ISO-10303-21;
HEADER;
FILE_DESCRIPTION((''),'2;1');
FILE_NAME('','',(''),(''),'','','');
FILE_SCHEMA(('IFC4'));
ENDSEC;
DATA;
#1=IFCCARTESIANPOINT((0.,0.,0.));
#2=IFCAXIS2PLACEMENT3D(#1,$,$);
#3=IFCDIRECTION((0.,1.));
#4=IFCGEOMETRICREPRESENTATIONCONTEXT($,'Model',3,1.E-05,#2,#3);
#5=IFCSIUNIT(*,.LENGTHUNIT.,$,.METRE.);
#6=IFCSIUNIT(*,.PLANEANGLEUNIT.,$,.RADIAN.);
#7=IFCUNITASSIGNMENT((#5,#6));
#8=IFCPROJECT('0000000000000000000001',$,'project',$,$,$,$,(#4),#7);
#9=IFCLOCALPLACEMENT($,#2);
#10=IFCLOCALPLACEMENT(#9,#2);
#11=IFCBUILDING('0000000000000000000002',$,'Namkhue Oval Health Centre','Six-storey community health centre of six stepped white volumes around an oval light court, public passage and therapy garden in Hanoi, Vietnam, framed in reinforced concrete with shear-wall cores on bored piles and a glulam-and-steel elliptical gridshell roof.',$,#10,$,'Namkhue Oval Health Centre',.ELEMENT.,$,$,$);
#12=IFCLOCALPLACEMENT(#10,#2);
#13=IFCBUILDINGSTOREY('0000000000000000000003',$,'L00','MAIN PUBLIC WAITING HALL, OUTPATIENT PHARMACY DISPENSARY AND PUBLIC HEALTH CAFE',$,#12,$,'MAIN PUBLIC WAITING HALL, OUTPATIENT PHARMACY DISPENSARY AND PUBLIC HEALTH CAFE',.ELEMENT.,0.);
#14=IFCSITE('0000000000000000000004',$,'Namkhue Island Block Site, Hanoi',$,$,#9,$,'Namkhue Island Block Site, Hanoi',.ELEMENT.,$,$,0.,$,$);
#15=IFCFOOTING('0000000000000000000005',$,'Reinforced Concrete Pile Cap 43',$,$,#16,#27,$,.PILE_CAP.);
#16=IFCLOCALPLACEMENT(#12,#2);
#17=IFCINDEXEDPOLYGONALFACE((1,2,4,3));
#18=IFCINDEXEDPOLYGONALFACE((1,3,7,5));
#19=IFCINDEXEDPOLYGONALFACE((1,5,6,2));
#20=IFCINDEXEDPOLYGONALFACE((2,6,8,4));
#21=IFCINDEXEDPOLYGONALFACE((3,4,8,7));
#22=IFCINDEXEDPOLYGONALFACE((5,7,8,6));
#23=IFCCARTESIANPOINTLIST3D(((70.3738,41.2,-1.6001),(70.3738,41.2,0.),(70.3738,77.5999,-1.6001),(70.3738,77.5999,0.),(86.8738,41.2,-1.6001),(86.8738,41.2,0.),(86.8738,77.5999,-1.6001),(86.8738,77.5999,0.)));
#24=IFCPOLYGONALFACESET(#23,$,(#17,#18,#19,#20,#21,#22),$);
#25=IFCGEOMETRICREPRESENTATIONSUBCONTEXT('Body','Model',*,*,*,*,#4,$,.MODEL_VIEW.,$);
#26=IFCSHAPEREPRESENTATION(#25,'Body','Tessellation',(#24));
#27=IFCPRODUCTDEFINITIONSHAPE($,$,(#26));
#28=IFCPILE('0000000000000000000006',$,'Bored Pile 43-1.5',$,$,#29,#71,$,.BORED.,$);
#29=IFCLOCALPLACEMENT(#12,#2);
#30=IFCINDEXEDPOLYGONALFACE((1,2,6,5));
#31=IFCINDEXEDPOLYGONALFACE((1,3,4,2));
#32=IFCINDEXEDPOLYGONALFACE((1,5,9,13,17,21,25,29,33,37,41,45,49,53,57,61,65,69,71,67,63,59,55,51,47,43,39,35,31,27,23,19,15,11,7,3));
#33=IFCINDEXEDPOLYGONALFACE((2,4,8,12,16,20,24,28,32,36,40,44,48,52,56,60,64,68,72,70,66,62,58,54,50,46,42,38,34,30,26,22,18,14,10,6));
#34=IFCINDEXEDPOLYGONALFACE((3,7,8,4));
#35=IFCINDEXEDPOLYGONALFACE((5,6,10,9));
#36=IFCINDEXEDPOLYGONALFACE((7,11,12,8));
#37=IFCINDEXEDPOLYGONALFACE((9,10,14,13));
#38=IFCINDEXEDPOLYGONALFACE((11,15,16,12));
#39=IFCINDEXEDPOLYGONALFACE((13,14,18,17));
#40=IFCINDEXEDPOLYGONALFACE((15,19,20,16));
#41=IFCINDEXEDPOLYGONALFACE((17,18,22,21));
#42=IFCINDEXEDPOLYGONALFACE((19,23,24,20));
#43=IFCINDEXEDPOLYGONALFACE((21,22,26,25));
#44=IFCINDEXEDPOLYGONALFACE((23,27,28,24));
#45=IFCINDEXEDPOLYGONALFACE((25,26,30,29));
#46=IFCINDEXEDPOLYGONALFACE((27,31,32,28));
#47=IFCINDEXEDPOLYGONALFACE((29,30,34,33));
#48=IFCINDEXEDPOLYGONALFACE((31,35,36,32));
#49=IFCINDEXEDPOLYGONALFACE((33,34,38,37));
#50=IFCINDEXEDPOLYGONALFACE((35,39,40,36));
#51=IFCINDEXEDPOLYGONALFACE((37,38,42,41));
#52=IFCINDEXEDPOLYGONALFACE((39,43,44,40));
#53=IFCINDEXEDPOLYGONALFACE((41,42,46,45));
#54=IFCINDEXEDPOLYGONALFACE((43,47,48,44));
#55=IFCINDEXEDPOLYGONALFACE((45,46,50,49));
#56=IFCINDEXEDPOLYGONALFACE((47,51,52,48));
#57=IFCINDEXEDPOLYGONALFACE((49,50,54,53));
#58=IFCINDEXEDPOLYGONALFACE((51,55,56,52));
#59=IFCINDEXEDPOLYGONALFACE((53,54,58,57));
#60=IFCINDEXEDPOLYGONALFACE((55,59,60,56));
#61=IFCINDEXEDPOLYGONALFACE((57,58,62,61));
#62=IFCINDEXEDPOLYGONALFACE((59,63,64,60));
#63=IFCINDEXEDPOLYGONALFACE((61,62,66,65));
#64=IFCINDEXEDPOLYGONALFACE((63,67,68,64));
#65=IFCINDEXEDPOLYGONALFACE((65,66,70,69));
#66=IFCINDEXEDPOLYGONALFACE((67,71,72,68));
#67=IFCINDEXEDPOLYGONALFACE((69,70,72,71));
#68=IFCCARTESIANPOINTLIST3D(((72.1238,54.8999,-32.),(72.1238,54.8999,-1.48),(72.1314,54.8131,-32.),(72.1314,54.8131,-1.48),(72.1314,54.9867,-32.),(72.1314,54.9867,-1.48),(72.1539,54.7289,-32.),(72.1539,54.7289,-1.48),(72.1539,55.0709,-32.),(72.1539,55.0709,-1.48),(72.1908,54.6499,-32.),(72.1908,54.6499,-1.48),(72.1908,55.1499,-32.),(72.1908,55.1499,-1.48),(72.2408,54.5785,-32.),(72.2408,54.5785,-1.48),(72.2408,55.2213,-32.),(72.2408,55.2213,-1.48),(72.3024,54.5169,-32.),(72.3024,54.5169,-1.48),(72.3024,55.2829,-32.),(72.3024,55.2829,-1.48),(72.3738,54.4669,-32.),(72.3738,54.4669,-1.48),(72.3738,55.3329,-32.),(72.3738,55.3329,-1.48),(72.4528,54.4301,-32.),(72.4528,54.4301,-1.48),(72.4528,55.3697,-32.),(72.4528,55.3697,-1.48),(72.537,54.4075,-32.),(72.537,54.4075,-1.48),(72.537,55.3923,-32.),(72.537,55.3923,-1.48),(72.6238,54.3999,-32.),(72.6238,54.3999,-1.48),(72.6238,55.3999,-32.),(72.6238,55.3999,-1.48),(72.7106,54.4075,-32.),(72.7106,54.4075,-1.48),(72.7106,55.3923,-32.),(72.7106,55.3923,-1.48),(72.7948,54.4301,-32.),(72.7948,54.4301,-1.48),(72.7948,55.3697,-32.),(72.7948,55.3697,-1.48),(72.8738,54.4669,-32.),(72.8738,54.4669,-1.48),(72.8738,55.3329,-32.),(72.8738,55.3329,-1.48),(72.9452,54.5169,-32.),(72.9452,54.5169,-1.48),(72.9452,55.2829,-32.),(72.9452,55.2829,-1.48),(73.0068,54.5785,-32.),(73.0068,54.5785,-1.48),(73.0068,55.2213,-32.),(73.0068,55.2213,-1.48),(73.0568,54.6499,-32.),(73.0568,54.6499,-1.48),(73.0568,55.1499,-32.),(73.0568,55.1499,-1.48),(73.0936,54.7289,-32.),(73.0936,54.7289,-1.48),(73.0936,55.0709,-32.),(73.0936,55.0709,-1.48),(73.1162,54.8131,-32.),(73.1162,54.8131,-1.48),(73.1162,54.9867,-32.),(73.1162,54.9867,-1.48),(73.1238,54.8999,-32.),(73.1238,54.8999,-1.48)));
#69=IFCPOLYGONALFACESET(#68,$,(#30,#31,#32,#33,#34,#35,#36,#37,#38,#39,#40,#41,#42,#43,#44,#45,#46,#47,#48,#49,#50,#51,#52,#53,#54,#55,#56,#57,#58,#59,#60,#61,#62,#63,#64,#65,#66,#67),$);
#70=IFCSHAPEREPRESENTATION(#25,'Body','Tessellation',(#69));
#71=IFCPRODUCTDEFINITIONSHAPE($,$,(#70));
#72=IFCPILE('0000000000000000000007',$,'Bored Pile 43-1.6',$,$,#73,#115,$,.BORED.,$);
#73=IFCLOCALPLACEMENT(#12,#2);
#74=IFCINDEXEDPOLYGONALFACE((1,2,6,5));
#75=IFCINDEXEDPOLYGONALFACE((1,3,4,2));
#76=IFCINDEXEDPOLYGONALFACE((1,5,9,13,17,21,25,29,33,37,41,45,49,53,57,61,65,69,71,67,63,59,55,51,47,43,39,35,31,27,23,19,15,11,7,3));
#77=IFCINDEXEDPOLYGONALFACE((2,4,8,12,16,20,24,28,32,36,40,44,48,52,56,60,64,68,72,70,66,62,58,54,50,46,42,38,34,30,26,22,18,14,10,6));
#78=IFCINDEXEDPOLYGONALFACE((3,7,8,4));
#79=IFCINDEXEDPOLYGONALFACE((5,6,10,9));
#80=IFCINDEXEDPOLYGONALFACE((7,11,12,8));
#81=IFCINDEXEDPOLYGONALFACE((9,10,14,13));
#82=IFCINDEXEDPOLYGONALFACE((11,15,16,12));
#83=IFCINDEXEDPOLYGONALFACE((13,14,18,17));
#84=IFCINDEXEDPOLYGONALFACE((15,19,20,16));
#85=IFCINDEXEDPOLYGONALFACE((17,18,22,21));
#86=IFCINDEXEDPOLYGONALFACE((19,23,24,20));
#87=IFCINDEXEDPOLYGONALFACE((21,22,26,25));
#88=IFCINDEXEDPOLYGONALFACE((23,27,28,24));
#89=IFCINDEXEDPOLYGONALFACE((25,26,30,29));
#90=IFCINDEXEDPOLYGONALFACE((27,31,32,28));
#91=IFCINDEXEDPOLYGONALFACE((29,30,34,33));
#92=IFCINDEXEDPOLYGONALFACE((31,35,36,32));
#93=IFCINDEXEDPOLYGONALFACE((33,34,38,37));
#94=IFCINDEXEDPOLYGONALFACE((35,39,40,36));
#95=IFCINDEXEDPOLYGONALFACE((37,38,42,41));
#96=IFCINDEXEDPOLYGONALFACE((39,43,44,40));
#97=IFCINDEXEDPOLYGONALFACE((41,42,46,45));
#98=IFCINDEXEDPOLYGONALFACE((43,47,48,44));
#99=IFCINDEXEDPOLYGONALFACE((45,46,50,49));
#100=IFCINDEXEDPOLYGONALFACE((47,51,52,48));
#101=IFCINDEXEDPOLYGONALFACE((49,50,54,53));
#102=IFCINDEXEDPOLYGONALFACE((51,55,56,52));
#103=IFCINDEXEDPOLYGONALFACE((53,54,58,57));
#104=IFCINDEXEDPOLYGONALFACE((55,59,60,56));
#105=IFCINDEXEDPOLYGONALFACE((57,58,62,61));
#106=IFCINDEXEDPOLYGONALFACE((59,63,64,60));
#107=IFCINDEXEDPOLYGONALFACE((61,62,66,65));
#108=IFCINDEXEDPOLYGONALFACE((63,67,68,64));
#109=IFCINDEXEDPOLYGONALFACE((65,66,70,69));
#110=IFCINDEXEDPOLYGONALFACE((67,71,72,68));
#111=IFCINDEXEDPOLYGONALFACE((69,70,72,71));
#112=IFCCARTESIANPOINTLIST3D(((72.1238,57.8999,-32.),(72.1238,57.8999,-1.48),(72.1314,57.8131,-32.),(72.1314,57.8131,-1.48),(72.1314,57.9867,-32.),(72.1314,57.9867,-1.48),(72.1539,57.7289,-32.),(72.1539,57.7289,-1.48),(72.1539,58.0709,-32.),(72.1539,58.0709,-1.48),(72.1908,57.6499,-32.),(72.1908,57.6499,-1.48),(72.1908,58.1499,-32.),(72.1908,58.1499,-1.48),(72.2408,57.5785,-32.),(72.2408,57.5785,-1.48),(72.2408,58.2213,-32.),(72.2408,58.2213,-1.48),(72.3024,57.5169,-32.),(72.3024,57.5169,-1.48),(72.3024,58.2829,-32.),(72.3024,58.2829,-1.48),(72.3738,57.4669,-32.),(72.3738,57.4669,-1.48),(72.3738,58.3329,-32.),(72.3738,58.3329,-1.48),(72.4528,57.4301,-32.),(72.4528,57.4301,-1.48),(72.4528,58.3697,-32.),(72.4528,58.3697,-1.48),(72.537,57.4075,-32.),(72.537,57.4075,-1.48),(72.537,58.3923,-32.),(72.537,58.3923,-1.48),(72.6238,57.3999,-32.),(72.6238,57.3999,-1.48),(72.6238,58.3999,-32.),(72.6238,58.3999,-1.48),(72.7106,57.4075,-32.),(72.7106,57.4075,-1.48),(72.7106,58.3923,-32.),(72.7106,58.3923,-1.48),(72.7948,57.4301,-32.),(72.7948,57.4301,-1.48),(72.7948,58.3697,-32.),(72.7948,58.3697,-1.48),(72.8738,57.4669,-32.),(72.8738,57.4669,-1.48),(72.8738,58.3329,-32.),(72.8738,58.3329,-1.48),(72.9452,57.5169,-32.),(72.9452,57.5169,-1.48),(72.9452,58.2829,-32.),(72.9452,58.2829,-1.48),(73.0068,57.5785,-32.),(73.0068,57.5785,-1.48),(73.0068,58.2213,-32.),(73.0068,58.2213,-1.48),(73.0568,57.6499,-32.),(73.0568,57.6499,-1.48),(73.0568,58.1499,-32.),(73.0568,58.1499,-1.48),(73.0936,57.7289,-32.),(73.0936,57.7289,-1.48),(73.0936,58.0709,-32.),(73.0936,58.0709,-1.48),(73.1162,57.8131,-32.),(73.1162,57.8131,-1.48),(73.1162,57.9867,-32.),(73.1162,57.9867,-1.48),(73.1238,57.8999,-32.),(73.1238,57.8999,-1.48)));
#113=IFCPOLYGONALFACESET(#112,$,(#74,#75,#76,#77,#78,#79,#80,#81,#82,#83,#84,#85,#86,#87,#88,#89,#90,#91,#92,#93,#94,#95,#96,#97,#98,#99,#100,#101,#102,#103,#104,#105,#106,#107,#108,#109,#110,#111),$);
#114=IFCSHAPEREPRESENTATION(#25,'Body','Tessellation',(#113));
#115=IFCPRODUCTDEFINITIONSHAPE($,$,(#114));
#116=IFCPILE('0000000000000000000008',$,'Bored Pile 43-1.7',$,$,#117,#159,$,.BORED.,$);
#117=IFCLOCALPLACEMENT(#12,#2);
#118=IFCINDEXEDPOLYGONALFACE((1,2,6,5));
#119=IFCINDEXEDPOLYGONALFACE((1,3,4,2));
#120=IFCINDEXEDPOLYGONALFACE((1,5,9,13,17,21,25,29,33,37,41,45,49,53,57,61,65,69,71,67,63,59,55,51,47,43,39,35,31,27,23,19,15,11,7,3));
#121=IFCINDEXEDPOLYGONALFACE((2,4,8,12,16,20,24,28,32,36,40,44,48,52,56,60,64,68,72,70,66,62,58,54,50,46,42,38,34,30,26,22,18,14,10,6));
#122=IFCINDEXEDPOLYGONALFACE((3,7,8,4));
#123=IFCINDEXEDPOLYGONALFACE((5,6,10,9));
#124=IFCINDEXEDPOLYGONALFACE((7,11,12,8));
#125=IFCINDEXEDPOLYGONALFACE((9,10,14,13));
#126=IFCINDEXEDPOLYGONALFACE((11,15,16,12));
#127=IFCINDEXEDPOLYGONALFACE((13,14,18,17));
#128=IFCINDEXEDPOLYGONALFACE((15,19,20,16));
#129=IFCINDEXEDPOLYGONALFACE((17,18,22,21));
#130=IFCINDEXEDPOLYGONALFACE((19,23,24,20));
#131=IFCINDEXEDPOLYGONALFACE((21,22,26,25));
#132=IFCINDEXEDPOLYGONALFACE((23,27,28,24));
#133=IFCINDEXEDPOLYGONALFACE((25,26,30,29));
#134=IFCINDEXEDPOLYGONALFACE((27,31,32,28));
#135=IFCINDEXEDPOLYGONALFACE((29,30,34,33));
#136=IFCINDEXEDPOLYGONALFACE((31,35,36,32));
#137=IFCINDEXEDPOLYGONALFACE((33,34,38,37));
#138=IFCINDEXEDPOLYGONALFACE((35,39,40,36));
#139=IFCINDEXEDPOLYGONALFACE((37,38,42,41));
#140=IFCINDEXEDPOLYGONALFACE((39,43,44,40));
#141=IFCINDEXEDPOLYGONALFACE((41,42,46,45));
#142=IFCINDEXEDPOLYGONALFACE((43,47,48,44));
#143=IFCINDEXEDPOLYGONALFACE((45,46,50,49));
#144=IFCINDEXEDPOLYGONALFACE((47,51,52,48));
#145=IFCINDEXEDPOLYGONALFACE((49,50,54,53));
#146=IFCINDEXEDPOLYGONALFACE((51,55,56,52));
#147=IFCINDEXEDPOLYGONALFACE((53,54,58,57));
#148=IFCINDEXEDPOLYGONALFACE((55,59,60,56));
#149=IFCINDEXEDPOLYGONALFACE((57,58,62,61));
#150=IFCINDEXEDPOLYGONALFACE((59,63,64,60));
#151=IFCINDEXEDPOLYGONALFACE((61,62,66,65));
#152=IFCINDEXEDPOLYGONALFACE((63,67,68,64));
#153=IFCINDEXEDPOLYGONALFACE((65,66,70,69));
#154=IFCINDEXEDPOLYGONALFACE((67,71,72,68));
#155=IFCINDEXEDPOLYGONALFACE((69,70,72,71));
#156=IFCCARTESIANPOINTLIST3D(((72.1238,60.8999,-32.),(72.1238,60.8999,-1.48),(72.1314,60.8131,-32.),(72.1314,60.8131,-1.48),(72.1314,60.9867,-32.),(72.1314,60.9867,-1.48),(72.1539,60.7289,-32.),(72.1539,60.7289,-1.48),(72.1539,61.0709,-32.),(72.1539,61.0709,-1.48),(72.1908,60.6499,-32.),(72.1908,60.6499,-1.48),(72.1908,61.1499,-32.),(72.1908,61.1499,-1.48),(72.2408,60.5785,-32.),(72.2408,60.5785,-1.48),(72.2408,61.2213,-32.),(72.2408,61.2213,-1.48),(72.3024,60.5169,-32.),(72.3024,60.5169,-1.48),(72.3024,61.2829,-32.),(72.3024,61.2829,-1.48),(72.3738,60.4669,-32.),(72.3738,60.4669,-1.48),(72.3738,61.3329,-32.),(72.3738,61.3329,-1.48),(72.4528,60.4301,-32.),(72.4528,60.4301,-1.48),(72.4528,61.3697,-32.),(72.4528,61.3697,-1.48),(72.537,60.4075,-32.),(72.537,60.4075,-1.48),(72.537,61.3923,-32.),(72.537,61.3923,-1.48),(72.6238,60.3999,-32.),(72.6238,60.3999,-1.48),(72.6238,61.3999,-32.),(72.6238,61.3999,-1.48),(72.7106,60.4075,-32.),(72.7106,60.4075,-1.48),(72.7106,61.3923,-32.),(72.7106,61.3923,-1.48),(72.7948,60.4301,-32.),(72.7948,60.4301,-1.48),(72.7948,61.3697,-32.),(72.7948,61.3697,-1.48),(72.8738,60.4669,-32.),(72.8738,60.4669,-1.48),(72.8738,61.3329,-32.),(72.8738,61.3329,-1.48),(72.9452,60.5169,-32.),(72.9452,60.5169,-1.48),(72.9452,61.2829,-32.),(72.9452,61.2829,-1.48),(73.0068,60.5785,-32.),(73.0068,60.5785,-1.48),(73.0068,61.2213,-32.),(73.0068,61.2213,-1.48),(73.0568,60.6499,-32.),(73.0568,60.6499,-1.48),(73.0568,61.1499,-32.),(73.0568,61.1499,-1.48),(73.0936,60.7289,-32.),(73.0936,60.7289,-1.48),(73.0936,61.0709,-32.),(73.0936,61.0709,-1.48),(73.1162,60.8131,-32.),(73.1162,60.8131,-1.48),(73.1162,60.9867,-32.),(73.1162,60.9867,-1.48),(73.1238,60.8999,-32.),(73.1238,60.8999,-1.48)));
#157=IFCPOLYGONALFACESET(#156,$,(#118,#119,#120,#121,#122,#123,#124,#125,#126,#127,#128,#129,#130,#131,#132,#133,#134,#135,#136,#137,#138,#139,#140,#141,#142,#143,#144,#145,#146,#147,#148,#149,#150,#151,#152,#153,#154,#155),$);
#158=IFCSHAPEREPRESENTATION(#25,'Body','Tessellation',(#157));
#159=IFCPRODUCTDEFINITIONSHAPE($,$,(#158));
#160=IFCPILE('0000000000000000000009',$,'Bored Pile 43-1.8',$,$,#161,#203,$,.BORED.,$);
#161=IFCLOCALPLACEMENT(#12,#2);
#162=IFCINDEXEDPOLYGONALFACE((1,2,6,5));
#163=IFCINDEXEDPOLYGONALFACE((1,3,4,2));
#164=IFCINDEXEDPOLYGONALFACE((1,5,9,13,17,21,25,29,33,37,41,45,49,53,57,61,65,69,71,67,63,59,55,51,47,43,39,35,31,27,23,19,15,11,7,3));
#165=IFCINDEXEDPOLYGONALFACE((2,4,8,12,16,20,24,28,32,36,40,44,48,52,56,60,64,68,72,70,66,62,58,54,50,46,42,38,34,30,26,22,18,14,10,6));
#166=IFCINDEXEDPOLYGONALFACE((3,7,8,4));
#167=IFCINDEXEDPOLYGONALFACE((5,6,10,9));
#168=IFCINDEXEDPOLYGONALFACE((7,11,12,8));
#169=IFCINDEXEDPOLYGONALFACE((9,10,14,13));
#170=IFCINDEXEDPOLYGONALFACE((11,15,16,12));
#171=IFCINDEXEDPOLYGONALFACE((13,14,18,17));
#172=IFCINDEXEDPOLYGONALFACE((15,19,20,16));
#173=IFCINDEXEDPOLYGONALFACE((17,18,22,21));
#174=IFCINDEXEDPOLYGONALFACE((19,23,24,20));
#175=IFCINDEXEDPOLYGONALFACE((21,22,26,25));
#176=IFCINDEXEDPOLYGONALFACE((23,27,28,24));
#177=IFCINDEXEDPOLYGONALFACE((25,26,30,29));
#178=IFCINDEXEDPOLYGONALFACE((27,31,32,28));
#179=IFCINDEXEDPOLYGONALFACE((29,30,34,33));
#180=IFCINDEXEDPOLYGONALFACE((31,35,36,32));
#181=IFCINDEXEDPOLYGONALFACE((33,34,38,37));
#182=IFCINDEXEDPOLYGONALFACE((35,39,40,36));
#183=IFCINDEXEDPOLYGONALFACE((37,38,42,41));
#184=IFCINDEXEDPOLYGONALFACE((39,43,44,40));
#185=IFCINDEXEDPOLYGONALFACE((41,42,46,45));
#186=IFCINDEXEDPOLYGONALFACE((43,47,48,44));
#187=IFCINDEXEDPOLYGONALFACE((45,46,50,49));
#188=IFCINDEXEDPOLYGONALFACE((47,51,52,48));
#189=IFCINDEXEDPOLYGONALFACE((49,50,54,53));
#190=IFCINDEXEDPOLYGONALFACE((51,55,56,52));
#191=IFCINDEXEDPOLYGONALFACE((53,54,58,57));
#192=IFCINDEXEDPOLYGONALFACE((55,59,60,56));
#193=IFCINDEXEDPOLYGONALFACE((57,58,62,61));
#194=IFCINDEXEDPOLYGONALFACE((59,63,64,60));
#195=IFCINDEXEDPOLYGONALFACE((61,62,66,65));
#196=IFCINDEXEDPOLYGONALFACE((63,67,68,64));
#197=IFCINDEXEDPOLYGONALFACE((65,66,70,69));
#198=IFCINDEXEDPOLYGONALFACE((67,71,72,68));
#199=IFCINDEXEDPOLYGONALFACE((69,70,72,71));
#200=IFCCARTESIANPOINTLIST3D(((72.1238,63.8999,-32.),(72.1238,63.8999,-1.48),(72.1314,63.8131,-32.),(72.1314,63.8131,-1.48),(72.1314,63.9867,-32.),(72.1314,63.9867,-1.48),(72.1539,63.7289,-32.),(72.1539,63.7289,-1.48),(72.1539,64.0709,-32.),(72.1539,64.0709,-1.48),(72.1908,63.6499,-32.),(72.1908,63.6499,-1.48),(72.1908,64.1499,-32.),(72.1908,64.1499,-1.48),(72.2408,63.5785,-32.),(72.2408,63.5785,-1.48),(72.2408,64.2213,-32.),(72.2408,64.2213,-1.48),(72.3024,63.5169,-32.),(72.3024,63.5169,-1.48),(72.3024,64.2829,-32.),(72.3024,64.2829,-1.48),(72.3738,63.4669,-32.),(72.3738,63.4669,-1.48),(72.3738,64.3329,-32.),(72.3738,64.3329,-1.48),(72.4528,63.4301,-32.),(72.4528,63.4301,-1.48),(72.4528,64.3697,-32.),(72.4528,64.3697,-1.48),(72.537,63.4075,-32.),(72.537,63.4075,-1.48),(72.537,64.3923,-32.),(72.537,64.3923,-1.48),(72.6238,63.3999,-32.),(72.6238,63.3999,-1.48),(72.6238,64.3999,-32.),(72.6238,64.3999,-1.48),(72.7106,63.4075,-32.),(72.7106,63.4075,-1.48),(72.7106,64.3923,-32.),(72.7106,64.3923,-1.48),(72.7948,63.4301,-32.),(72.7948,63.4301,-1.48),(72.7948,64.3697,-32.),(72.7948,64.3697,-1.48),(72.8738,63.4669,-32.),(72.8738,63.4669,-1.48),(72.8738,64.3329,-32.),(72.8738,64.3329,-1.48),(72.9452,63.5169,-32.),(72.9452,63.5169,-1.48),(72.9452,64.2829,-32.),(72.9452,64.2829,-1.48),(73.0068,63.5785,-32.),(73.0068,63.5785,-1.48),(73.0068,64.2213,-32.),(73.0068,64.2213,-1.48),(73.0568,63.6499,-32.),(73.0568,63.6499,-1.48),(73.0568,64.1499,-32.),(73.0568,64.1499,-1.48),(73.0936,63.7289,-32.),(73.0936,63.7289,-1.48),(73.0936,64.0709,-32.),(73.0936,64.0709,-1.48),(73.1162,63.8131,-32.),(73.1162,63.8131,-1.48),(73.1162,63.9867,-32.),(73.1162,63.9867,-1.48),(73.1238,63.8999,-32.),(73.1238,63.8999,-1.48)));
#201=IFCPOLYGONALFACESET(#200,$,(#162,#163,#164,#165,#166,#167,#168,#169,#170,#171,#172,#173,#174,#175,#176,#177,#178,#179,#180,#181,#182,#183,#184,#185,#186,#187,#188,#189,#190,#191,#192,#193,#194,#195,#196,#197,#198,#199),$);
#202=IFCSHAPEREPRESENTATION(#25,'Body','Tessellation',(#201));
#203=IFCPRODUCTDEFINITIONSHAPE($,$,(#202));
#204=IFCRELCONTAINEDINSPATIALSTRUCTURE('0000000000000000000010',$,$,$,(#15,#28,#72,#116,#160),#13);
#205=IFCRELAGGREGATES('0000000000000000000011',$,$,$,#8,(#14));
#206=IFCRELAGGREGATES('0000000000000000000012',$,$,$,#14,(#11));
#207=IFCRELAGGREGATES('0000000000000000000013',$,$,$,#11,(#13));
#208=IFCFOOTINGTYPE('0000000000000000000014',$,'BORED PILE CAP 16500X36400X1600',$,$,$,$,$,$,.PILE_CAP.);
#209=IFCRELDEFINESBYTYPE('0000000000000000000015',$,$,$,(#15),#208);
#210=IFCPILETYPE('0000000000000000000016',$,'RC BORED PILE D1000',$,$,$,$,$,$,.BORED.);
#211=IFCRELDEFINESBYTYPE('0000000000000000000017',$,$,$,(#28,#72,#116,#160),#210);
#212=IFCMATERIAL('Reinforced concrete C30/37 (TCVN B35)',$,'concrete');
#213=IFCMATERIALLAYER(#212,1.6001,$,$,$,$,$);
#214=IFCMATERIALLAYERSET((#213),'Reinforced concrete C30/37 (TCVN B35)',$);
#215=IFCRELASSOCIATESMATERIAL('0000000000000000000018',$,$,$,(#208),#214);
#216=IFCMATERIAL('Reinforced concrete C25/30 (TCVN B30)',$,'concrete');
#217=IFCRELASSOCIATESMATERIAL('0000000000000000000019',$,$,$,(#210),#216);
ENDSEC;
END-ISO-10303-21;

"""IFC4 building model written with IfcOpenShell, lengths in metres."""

from ifc_helpers import new_model, si_unit, direction, frame, origin, origin_2d, place, context, subcontext, project, spatial, rectangle, circle, extrude, material, layer, layer_set, material_profile, profile_set, type_object, element, save


model = new_model("IFC4")

# Units and contexts
model_context = context("Model", 3, precision=1e-05, world=origin(), true_north=direction((0.0, 1.0)))
body_context = subcontext(model_context, "Body", "Model", "MODEL_VIEW")
ifc_project = project(units=[si_unit("LENGTHUNIT", "METRE"), si_unit("PLANEANGLEUNIT", "RADIAN")], contexts=[model_context])

# Site, building, storey
site_placement = place(None, origin())
site = spatial("IfcSite", under=ifc_project, at=site_placement, Name="Namkhue Island Block Site, Hanoi", LongName="Namkhue Island Block Site, Hanoi", CompositionType="ELEMENT", RefElevation=0.0)
building_placement = place(site_placement, origin())
building = spatial("IfcBuilding", under=site, at=building_placement, Name="Namkhue Oval Health Centre", Description="Six-storey community health centre of six stepped white volumes around an oval light court, public passage and therapy garden in Hanoi, Vietnam, framed in reinforced concrete with shear-wall cores on bored piles and a glulam-and-steel elliptical gridshell roof.", LongName="Namkhue Oval Health Centre", CompositionType="ELEMENT")
storey_placement = place(building_placement, origin())
storey = spatial("IfcBuildingStorey", under=building, at=storey_placement, Name="L00", Description="MAIN PUBLIC WAITING HALL, OUTPATIENT PHARMACY DISPENSARY AND PUBLIC HEALTH CAFE", LongName="MAIN PUBLIC WAITING HALL, OUTPATIENT PHARMACY DISPENSARY AND PUBLIC HEALTH CAFE", CompositionType="ELEMENT", Elevation=0.0)

# Footing
ifc_material_1 = material(Name="Reinforced concrete C30/37 (TCVN B35)", Category="concrete")
ifc_layer_1 = layer(ifc_material_1, 1.6001)
ifc_layer_set_1 = layer_set([ifc_layer_1], Name="Reinforced concrete C30/37 (TCVN B35)")
footing_type = type_object("IfcFootingType", Name="BORED PILE CAP 16500X36400X1600", PredefinedType="PILE_CAP", material=ifc_layer_set_1)
footing_placement = place(storey_placement, frame((78.6238, 59.3999, -1.6001), z_axis=(0.0, 0.0, 1.0), x_axis=(1.0, 0.0, 0.0)))
element("IfcFooting", 1, at=footing_placement, inside=storey, type_object=footing_type, Name="Reinforced Concrete Pile Cap 43", PredefinedType="PILE_CAP", context=body_context, shape_type="SweptSolid", body=[
    extrude(rectangle(XDim=16.5, YDim=36.3999, at=origin_2d()), origin(), (0.0, 0.0, 1.0), 1.6001),
])

# Piles
ifc_material_2 = material(Name="Reinforced concrete C25/30 (TCVN B30)", Category="concrete")
ifc_material_profile_1 = material_profile(ifc_material_2, circle(Radius=0.5, at=origin_2d()), Name="BORED PILE D1000")
ifc_profile_set_1 = profile_set([ifc_material_profile_1], Name="Reinforced concrete C25/30 (TCVN B30)")
pile_type = type_object("IfcPileType", Name="RC BORED PILE D1000", PredefinedType="BORED", material=ifc_profile_set_1)
for number, where, z_axis, x_axis, name in (
    (2, (72.6238, 54.8999, -1.48), (0.0, 0.0, -1.0), (1.0, 0.0, 0.0), "Bored Pile 43-1.5"),
    (3, (72.6238, 57.8999, -1.48), (0.0, 0.0, -1.0), (1.0, 0.0, 0.0), "Bored Pile 43-1.6"),
    (4, (72.6238, 60.8999, -1.48), (0.0, 0.0, -1.0), (1.0, 0.0, 0.0), "Bored Pile 43-1.7"),
    (5, (72.6238, 63.8999, -1.48), (0.0, 0.0, -1.0), (1.0, 0.0, 0.0), "Bored Pile 43-1.8"),
):
    element("IfcPile", number, at=place(storey_placement, frame(where, z_axis=z_axis, x_axis=x_axis)), inside=storey, type_object=pile_type, Name=name, PredefinedType="BORED", context=body_context, shape_type="SweptSolid", body=[
        extrude(circle(Radius=0.5, at=origin_2d()), origin(), (0.0, 0.0, 1.0), 30.52),
    ])

save(model, "model.ifc")
